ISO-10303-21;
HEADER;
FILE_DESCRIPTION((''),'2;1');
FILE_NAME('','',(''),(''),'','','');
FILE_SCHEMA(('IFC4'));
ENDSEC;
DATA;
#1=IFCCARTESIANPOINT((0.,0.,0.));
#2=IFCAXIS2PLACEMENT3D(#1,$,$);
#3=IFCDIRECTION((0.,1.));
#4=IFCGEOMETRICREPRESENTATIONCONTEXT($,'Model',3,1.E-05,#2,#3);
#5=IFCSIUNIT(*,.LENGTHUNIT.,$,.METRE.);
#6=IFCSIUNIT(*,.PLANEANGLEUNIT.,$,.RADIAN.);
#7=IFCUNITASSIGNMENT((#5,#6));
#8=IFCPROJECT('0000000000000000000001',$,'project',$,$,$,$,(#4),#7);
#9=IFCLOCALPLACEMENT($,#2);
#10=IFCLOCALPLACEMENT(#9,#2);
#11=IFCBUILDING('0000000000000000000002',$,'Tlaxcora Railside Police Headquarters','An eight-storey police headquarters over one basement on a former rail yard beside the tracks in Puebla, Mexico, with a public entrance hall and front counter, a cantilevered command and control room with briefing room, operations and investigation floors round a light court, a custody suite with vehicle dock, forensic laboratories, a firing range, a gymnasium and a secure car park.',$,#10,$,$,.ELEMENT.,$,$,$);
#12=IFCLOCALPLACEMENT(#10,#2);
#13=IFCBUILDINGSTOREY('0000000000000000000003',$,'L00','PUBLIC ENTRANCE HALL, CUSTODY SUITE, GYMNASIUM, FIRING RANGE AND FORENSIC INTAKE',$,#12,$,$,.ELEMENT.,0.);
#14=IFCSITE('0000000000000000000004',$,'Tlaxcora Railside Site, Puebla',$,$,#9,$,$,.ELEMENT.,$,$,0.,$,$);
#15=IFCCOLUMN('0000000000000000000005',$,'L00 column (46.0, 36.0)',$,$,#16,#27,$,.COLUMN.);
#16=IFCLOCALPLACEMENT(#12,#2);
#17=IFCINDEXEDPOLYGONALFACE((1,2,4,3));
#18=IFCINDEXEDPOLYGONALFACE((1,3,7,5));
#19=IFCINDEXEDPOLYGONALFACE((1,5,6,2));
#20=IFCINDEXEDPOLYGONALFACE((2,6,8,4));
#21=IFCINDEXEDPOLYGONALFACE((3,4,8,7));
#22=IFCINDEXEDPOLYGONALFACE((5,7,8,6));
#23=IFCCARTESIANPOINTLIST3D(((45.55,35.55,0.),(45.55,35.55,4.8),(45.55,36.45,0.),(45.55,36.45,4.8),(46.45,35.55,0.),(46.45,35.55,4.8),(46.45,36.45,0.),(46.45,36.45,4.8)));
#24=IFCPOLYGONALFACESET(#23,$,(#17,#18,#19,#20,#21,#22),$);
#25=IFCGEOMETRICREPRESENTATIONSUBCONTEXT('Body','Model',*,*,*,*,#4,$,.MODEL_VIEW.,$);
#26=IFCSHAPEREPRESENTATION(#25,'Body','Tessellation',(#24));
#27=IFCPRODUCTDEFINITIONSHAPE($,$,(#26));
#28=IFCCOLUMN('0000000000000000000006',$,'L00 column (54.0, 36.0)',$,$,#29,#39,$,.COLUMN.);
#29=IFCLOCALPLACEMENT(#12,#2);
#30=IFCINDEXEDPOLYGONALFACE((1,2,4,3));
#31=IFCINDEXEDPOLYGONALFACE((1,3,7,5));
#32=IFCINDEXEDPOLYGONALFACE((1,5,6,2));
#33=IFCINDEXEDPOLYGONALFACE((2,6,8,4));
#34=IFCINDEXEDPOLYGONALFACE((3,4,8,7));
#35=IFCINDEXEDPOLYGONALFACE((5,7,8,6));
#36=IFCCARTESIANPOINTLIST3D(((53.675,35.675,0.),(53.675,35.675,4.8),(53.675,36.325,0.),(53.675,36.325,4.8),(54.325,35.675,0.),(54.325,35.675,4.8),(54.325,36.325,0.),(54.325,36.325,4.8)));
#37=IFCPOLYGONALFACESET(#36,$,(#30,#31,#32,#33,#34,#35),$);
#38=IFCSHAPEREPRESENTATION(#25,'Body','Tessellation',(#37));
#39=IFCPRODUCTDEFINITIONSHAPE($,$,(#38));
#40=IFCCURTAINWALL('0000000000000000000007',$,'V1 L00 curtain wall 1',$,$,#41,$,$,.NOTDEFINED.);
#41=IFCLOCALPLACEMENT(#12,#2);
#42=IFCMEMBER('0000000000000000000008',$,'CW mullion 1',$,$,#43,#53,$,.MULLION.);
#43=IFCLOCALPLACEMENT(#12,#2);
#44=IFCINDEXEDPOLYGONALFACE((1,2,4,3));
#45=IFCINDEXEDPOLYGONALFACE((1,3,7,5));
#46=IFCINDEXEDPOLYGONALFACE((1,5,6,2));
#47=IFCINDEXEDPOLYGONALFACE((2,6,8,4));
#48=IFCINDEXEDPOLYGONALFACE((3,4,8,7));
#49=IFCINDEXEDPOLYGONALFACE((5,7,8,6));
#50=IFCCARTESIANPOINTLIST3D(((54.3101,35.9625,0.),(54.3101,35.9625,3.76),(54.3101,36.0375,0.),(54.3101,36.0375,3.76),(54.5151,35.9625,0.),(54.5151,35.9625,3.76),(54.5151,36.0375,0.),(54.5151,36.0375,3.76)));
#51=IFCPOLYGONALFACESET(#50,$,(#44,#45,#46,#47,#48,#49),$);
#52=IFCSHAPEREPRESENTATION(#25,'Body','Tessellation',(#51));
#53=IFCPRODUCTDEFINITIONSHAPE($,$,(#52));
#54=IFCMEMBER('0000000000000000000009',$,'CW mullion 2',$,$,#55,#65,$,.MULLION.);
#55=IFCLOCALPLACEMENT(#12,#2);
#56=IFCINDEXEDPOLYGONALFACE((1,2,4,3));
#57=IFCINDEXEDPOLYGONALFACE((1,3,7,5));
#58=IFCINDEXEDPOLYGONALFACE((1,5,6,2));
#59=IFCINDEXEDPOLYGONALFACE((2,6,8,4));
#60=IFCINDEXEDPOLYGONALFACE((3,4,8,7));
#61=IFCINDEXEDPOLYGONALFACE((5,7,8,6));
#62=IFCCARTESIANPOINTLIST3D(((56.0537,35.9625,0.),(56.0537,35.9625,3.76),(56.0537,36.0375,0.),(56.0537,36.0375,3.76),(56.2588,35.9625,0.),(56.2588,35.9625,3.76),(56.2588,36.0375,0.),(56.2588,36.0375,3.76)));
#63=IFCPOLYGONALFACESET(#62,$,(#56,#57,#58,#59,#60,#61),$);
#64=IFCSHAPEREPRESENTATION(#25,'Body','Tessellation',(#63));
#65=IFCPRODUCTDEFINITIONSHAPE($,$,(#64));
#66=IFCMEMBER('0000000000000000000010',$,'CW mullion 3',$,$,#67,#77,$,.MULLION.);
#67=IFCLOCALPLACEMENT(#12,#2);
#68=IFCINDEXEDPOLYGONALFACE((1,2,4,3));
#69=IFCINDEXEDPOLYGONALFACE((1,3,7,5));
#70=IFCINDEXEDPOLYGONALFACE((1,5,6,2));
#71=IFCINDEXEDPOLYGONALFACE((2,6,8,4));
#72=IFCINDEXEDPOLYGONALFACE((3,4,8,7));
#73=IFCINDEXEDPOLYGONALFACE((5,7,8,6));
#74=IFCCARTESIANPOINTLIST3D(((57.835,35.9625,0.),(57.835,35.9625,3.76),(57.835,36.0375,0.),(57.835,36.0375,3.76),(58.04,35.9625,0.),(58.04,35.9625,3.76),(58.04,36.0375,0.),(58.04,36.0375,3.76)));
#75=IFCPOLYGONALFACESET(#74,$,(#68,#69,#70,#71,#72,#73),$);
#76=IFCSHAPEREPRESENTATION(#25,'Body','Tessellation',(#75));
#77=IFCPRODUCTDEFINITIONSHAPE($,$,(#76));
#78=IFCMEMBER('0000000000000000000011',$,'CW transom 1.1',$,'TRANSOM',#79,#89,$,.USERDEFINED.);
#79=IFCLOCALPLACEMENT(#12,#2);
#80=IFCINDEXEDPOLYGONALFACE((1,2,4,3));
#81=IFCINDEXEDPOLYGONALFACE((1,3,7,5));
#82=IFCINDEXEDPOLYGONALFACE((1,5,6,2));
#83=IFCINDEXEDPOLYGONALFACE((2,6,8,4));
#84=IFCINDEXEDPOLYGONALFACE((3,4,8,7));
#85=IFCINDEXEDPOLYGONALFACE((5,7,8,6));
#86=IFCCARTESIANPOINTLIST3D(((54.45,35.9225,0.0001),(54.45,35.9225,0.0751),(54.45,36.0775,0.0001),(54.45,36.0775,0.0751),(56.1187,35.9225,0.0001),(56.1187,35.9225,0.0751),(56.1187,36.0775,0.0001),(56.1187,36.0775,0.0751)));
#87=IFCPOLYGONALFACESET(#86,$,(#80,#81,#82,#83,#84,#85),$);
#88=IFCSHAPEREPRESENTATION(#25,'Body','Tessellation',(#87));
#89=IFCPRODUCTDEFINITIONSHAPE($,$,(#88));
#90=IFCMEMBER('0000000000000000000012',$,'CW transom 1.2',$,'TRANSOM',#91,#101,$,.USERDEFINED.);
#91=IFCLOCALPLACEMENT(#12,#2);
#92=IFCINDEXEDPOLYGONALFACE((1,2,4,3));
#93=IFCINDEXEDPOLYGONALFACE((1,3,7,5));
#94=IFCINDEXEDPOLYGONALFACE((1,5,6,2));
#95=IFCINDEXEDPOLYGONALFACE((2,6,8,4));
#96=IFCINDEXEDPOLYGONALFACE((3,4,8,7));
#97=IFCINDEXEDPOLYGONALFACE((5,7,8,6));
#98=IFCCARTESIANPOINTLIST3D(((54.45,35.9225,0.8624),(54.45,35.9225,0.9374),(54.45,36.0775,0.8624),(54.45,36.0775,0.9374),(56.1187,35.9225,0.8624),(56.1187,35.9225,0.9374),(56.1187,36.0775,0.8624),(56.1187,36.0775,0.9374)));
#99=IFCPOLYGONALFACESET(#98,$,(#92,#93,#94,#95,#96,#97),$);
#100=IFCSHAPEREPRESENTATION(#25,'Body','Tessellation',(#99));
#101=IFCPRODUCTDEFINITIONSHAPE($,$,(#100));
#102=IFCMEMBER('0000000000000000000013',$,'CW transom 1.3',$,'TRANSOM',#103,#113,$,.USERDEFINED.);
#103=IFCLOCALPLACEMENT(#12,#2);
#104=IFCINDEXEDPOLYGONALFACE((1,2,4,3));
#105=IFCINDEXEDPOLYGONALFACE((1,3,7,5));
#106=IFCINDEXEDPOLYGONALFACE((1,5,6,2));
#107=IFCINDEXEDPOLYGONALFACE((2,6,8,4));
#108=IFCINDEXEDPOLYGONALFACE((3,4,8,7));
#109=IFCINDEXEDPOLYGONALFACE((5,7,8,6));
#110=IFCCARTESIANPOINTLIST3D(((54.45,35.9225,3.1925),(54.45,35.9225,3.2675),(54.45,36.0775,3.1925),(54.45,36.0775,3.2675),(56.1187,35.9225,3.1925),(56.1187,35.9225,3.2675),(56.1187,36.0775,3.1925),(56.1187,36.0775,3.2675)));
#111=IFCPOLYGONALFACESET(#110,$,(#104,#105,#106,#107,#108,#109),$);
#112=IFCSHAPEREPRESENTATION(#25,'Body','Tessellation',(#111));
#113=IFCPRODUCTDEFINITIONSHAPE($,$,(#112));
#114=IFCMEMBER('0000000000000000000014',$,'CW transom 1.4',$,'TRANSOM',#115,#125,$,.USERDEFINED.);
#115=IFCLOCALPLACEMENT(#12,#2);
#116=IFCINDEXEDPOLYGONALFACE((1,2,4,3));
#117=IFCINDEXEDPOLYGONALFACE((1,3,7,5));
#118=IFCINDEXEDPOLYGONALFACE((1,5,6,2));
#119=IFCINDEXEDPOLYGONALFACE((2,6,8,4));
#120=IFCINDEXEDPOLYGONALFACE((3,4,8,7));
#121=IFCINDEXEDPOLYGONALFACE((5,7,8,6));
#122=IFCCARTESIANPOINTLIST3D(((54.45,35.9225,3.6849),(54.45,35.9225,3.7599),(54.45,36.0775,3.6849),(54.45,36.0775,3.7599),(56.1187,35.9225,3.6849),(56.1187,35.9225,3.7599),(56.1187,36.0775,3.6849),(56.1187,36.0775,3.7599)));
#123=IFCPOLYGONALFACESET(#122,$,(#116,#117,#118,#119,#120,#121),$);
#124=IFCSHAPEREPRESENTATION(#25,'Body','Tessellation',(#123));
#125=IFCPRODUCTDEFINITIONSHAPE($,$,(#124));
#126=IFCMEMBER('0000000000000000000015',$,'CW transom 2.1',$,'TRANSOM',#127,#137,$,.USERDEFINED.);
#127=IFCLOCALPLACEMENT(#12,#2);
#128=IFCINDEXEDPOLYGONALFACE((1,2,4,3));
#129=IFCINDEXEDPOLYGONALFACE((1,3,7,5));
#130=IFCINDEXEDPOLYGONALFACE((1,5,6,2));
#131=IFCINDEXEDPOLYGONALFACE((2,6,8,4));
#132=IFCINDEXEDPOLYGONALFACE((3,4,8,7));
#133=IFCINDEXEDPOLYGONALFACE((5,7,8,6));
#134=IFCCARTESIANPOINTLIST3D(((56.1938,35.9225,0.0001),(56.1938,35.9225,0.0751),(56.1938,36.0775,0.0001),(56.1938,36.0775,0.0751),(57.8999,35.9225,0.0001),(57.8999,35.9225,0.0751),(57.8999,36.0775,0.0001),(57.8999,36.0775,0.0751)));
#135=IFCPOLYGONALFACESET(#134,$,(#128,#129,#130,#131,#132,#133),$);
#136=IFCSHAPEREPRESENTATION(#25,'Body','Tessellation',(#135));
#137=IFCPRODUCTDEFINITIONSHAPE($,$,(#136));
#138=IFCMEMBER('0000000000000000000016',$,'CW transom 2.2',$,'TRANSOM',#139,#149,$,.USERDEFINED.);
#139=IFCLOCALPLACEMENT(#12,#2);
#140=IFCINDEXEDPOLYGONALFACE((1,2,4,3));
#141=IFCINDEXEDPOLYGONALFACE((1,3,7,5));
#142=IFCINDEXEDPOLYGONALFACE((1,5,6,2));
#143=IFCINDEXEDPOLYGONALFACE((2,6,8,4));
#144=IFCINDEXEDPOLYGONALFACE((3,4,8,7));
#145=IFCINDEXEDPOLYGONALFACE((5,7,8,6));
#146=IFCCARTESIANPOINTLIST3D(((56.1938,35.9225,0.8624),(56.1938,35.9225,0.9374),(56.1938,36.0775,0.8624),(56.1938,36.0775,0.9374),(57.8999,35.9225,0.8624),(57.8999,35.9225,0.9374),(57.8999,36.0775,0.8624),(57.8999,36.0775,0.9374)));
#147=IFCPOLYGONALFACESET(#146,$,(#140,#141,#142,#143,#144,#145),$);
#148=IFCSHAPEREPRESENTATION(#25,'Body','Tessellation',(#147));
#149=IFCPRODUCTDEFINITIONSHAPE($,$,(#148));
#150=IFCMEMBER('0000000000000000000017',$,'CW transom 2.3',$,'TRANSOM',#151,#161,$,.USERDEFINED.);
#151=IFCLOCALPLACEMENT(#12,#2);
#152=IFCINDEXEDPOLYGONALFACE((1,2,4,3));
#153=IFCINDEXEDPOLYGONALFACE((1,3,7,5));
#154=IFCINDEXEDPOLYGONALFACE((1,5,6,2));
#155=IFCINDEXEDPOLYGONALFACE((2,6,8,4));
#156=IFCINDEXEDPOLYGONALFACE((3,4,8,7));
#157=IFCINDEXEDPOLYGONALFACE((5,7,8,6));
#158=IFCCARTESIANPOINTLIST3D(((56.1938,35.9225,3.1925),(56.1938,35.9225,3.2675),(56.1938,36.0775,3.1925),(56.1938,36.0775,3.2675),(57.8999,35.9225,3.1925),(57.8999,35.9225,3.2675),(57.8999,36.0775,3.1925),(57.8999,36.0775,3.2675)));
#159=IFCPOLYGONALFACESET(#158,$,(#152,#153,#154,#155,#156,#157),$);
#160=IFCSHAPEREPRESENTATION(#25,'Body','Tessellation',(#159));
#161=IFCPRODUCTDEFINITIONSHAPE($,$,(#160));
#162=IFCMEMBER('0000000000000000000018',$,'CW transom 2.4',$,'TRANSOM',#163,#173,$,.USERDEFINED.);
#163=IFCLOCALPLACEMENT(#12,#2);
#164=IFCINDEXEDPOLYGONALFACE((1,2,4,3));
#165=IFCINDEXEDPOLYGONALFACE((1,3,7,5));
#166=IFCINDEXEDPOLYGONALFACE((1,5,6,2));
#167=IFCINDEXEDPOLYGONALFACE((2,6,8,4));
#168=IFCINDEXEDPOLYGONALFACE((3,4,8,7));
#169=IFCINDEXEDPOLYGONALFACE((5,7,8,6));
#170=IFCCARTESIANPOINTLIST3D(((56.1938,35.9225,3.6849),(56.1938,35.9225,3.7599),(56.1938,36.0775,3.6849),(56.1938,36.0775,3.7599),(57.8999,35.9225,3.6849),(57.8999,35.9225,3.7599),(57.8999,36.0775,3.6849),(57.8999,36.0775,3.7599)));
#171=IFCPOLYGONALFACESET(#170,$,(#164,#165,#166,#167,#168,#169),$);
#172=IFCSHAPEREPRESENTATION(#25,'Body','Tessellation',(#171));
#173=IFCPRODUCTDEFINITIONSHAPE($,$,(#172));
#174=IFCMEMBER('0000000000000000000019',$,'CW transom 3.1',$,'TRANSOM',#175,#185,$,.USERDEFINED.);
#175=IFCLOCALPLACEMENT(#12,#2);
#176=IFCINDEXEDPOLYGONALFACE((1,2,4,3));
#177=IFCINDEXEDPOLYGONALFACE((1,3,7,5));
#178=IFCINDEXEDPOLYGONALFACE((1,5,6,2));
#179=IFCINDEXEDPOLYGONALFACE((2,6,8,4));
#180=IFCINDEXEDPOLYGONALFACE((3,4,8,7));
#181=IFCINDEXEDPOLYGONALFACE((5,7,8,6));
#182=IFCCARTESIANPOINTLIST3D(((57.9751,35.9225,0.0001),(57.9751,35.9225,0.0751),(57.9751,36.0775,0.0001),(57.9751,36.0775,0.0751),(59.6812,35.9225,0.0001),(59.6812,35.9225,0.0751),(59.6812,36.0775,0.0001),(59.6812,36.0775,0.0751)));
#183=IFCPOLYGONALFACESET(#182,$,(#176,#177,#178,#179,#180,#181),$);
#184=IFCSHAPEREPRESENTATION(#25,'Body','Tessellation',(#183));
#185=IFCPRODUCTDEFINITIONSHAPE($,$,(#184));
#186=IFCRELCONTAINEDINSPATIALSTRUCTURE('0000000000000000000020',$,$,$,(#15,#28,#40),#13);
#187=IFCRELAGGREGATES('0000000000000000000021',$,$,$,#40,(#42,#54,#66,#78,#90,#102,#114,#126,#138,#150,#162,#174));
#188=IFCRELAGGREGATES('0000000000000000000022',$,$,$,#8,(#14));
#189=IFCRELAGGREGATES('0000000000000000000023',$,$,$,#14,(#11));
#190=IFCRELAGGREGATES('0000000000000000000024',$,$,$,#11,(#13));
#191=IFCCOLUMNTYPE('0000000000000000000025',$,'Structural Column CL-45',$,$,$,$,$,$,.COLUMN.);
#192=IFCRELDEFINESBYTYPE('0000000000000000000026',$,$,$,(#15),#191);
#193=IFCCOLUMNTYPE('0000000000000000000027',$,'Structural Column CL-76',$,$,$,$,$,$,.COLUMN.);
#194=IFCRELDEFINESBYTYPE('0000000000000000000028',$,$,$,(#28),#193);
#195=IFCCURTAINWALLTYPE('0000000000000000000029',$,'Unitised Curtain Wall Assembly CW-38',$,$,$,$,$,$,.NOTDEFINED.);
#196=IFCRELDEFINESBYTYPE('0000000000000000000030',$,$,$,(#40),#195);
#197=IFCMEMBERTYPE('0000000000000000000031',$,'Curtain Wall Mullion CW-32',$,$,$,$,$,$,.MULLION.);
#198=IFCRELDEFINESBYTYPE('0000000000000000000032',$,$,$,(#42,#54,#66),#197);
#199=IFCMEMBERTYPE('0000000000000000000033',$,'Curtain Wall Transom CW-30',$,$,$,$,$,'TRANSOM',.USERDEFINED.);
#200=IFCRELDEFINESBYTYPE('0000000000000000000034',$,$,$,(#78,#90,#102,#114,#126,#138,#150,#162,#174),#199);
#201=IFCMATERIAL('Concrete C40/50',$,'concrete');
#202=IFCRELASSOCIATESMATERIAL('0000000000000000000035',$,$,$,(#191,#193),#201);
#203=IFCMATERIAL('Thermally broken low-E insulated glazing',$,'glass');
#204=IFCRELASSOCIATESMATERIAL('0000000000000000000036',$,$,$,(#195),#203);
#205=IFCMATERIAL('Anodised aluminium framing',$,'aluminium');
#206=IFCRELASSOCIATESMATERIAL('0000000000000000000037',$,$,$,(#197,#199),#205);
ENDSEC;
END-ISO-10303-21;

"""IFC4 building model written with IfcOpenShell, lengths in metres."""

from ifc_helpers import new_model, si_unit, direction, frame, origin, origin_2d, place, context, subcontext, project, spatial, rectangle, extrude, material, material_profile, profile_set, type_object, element, aggregate, save


model = new_model("IFC4")

# Units and contexts
model_context = context("Model", 3, precision=1e-05, world=origin(), true_north=direction((0.0, 1.0)))
body_context = subcontext(model_context, "Body", "Model", "MODEL_VIEW")
ifc_project = project(units=[si_unit("LENGTHUNIT", "METRE"), si_unit("PLANEANGLEUNIT", "RADIAN")], contexts=[model_context])

# Site, building, storey
site_placement = place(None, origin())
site = spatial("IfcSite", under=ifc_project, at=site_placement, Name="Tlaxcora Railside Site, Puebla", CompositionType="ELEMENT", RefElevation=0.0)
building_placement = place(site_placement, origin())
building = spatial("IfcBuilding", under=site, at=building_placement, Name="Tlaxcora Railside Police Headquarters", Description="An eight-storey police headquarters over one basement on a former rail yard beside the tracks in Puebla, Mexico, with a public entrance hall and front counter, a cantilevered command and control room with briefing room, operations and investigation floors round a light court, a custody suite with vehicle dock, forensic laboratories, a firing range, a gymnasium and a secure car park.", CompositionType="ELEMENT")
storey_placement = place(building_placement, origin())
storey = spatial("IfcBuildingStorey", under=building, at=storey_placement, Name="L00", Description="PUBLIC ENTRANCE HALL, CUSTODY SUITE, GYMNASIUM, FIRING RANGE AND FORENSIC INTAKE", CompositionType="ELEMENT", Elevation=0.0)

# Columns
ifc_material_1 = material(Name="Concrete C40/50", Category="concrete")
ifc_material_profile_1 = material_profile(ifc_material_1, rectangle(XDim=0.8999, YDim=0.8999, at=origin_2d()), Name="RC900X900")
ifc_profile_set_1 = profile_set([ifc_material_profile_1], Name="Concrete C40/50")
column_type_1 = type_object("IfcColumnType", Name="Structural Column CL-45", PredefinedType="COLUMN", material=ifc_profile_set_1)
column_1_placement = place(storey_placement, frame((46.0, 36.0, 0.0), z_axis=(0.0, 0.0, 1.0), x_axis=(1.0, 0.0, 0.0)))
element("IfcColumn", 1, at=column_1_placement, inside=storey, type_object=column_type_1, Name="L00 column (46.0, 36.0)", PredefinedType="COLUMN", context=body_context, shape_type="SweptSolid", body=[
    extrude(rectangle(XDim=0.8999, YDim=0.8999, at=origin_2d()), origin(), (0.0, 0.0, 1.0), 4.8),
])
ifc_material_profile_2 = material_profile(ifc_material_1, rectangle(XDim=0.6499, YDim=0.6499, at=origin_2d()), Name="RC650X650")
ifc_profile_set_2 = profile_set([ifc_material_profile_2], Name="Concrete C40/50")
column_type_2 = type_object("IfcColumnType", Name="Structural Column CL-76", PredefinedType="COLUMN", material=ifc_profile_set_2)
column_2_placement = place(storey_placement, frame((54.0, 36.0, 0.0), z_axis=(0.0, 0.0, 1.0), x_axis=(1.0, 0.0, 0.0)))
element("IfcColumn", 2, at=column_2_placement, inside=storey, type_object=column_type_2, Name="L00 column (54.0, 36.0)", PredefinedType="COLUMN", context=body_context, shape_type="SweptSolid", body=[
    extrude(rectangle(XDim=0.6499, YDim=0.6499, at=origin_2d()), origin(), (0.0, 0.0, 1.0), 4.8),
])

# Curtain wall, members
ifc_material_2 = material(Name="Thermally broken low-E insulated glazing", Category="glass")
curtain_wall_type = type_object("IfcCurtainWallType", Name="Unitised Curtain Wall Assembly CW-38", PredefinedType="NOTDEFINED", material=ifc_material_2)
curtain_wall_placement = place(storey_placement, origin())
curtain_wall = element("IfcCurtainWall", 3, at=curtain_wall_placement, inside=storey, type_object=curtain_wall_type, Name="V1 L00 curtain wall 1", PredefinedType="NOTDEFINED")
ifc_material_3 = material(Name="Anodised aluminium framing", Category="aluminium")
ifc_material_profile_3 = material_profile(ifc_material_3, rectangle(XDim=0.075, YDim=0.2051, at=origin_2d()), Name="AL75X205")
ifc_profile_set_3 = profile_set([ifc_material_profile_3], Name="Anodised aluminium framing")
member_type_1 = type_object("IfcMemberType", Name="Curtain Wall Mullion CW-32", PredefinedType="MULLION", material=ifc_profile_set_3)
member_1_placement = place(storey_placement, frame((54.4126, 36.0, 0.0), z_axis=(0.0, 0.0, 1.0), x_axis=(0.0, 1.0, 0.0)))
member_1 = element("IfcMember", 4, at=member_1_placement, type_object=member_type_1, Name="CW mullion 1", PredefinedType="MULLION", context=body_context, shape_type="SweptSolid", body=[
    extrude(rectangle(XDim=0.075, YDim=0.2051, at=origin_2d()), origin(), (0.0, 0.0, 1.0), 3.76),
])
member_2_placement = place(storey_placement, frame((56.1562, 36.0, 0.0), z_axis=(0.0, 0.0, 1.0), x_axis=(0.0, 1.0, 0.0)))
member_2 = element("IfcMember", 5, at=member_2_placement, type_object=member_type_1, Name="CW mullion 2", PredefinedType="MULLION", context=body_context, shape_type="SweptSolid", body=[
    extrude(rectangle(XDim=0.075, YDim=0.2051, at=origin_2d()), origin(), (0.0, 0.0, 1.0), 3.76),
])
member_3_placement = place(storey_placement, frame((57.9375, 36.0, 0.0), z_axis=(0.0, 0.0, 1.0), x_axis=(0.0, 1.0, 0.0)))
member_3 = element("IfcMember", 6, at=member_3_placement, type_object=member_type_1, Name="CW mullion 3", PredefinedType="MULLION", context=body_context, shape_type="SweptSolid", body=[
    extrude(rectangle(XDim=0.075, YDim=0.2051, at=origin_2d()), origin(), (0.0, 0.0, 1.0), 3.76),
])
ifc_material_profile_4 = material_profile(ifc_material_3, rectangle(XDim=0.155, YDim=0.075, at=origin_2d()), Name="AL75X155")
ifc_profile_set_4 = profile_set([ifc_material_profile_4], Name="Anodised aluminium framing")
member_type_2 = type_object("IfcMemberType", Name="Curtain Wall Transom CW-30", ElementType="TRANSOM", PredefinedType="USERDEFINED", material=ifc_profile_set_4)
member_4_placement = place(storey_placement, frame((54.45, 36.0, 0.0376), z_axis=(1.0, 0.0, 0.0), x_axis=(0.0, 1.0, 0.0)))
member_4 = element("IfcMember", 7, at=member_4_placement, type_object=member_type_2, Name="CW transom 1.1", ObjectType="TRANSOM", PredefinedType="USERDEFINED", context=body_context, shape_type="SweptSolid", body=[
    extrude(rectangle(XDim=0.155, YDim=0.075, at=origin_2d()), origin(), (0.0, 0.0, 1.0), 1.6687),
])
member_5_placement = place(storey_placement, frame((54.45, 36.0, 0.8999), z_axis=(1.0, 0.0, 0.0), x_axis=(0.0, 1.0, 0.0)))
member_5 = element("IfcMember", 8, at=member_5_placement, type_object=member_type_2, Name="CW transom 1.2", ObjectType="TRANSOM", PredefinedType="USERDEFINED", context=body_context, shape_type="SweptSolid", body=[
    extrude(rectangle(XDim=0.155, YDim=0.075, at=origin_2d()), origin(), (0.0, 0.0, 1.0), 1.6687),
])
member_6_placement = place(storey_placement, frame((54.45, 36.0, 3.23), z_axis=(1.0, 0.0, 0.0), x_axis=(0.0, 1.0, 0.0)))
member_6 = element("IfcMember", 9, at=member_6_placement, type_object=member_type_2, Name="CW transom 1.3", ObjectType="TRANSOM", PredefinedType="USERDEFINED", context=body_context, shape_type="SweptSolid", body=[
    extrude(rectangle(XDim=0.155, YDim=0.075, at=origin_2d()), origin(), (0.0, 0.0, 1.0), 1.6687),
])
member_7_placement = place(storey_placement, frame((54.45, 36.0, 3.7224), z_axis=(1.0, 0.0, 0.0), x_axis=(0.0, 1.0, 0.0)))
member_7 = element("IfcMember", 10, at=member_7_placement, type_object=member_type_2, Name="CW transom 1.4", ObjectType="TRANSOM", PredefinedType="USERDEFINED", context=body_context, shape_type="SweptSolid", body=[
    extrude(rectangle(XDim=0.155, YDim=0.075, at=origin_2d()), origin(), (0.0, 0.0, 1.0), 1.6687),
])
member_8_placement = place(storey_placement, frame((56.1938, 36.0, 0.0376), z_axis=(1.0, 0.0, 0.0), x_axis=(0.0, 1.0, 0.0)))
member_8 = element("IfcMember", 11, at=member_8_placement, type_object=member_type_2, Name="CW transom 2.1", ObjectType="TRANSOM", PredefinedType="USERDEFINED", context=body_context, shape_type="SweptSolid", body=[
    extrude(rectangle(XDim=0.155, YDim=0.075, at=origin_2d()), origin(), (0.0, 0.0, 1.0), 1.7061),
])
member_9_placement = place(storey_placement, frame((56.1938, 36.0, 0.8999), z_axis=(1.0, 0.0, 0.0), x_axis=(0.0, 1.0, 0.0)))
member_9 = element("IfcMember", 12, at=member_9_placement, type_object=member_type_2, Name="CW transom 2.2", ObjectType="TRANSOM", PredefinedType="USERDEFINED", context=body_context, shape_type="SweptSolid", body=[
    extrude(rectangle(XDim=0.155, YDim=0.075, at=origin_2d()), origin(), (0.0, 0.0, 1.0), 1.7061),
])
member_10_placement = place(storey_placement, frame((56.1938, 36.0, 3.23), z_axis=(1.0, 0.0, 0.0), x_axis=(0.0, 1.0, 0.0)))
member_10 = element("IfcMember", 13, at=member_10_placement, type_object=member_type_2, Name="CW transom 2.3", ObjectType="TRANSOM", PredefinedType="USERDEFINED", context=body_context, shape_type="SweptSolid", body=[
    extrude(rectangle(XDim=0.155, YDim=0.075, at=origin_2d()), origin(), (0.0, 0.0, 1.0), 1.7061),
])
member_11_placement = place(storey_placement, frame((56.1938, 36.0, 3.7224), z_axis=(1.0, 0.0, 0.0), x_axis=(0.0, 1.0, 0.0)))
member_11 = element("IfcMember", 14, at=member_11_placement, type_object=member_type_2, Name="CW transom 2.4", ObjectType="TRANSOM", PredefinedType="USERDEFINED", context=body_context, shape_type="SweptSolid", body=[
    extrude(rectangle(XDim=0.155, YDim=0.075, at=origin_2d()), origin(), (0.0, 0.0, 1.0), 1.7061),
])
member_12_placement = place(storey_placement, frame((57.9751, 36.0, 0.0376), z_axis=(1.0, 0.0, 0.0), x_axis=(0.0, 1.0, 0.0)))
member_12 = element("IfcMember", 15, at=member_12_placement, type_object=member_type_2, Name="CW transom 3.1", ObjectType="TRANSOM", PredefinedType="USERDEFINED", context=body_context, shape_type="SweptSolid", body=[
    extrude(rectangle(XDim=0.155, YDim=0.075, at=origin_2d()), origin(), (0.0, 0.0, 1.0), 1.7061),
])

aggregate(curtain_wall, [member_1, member_2, member_3, member_4, member_5, member_6, member_7, member_8, member_9, member_10, member_11, member_12])

save(model, "model.ifc")
